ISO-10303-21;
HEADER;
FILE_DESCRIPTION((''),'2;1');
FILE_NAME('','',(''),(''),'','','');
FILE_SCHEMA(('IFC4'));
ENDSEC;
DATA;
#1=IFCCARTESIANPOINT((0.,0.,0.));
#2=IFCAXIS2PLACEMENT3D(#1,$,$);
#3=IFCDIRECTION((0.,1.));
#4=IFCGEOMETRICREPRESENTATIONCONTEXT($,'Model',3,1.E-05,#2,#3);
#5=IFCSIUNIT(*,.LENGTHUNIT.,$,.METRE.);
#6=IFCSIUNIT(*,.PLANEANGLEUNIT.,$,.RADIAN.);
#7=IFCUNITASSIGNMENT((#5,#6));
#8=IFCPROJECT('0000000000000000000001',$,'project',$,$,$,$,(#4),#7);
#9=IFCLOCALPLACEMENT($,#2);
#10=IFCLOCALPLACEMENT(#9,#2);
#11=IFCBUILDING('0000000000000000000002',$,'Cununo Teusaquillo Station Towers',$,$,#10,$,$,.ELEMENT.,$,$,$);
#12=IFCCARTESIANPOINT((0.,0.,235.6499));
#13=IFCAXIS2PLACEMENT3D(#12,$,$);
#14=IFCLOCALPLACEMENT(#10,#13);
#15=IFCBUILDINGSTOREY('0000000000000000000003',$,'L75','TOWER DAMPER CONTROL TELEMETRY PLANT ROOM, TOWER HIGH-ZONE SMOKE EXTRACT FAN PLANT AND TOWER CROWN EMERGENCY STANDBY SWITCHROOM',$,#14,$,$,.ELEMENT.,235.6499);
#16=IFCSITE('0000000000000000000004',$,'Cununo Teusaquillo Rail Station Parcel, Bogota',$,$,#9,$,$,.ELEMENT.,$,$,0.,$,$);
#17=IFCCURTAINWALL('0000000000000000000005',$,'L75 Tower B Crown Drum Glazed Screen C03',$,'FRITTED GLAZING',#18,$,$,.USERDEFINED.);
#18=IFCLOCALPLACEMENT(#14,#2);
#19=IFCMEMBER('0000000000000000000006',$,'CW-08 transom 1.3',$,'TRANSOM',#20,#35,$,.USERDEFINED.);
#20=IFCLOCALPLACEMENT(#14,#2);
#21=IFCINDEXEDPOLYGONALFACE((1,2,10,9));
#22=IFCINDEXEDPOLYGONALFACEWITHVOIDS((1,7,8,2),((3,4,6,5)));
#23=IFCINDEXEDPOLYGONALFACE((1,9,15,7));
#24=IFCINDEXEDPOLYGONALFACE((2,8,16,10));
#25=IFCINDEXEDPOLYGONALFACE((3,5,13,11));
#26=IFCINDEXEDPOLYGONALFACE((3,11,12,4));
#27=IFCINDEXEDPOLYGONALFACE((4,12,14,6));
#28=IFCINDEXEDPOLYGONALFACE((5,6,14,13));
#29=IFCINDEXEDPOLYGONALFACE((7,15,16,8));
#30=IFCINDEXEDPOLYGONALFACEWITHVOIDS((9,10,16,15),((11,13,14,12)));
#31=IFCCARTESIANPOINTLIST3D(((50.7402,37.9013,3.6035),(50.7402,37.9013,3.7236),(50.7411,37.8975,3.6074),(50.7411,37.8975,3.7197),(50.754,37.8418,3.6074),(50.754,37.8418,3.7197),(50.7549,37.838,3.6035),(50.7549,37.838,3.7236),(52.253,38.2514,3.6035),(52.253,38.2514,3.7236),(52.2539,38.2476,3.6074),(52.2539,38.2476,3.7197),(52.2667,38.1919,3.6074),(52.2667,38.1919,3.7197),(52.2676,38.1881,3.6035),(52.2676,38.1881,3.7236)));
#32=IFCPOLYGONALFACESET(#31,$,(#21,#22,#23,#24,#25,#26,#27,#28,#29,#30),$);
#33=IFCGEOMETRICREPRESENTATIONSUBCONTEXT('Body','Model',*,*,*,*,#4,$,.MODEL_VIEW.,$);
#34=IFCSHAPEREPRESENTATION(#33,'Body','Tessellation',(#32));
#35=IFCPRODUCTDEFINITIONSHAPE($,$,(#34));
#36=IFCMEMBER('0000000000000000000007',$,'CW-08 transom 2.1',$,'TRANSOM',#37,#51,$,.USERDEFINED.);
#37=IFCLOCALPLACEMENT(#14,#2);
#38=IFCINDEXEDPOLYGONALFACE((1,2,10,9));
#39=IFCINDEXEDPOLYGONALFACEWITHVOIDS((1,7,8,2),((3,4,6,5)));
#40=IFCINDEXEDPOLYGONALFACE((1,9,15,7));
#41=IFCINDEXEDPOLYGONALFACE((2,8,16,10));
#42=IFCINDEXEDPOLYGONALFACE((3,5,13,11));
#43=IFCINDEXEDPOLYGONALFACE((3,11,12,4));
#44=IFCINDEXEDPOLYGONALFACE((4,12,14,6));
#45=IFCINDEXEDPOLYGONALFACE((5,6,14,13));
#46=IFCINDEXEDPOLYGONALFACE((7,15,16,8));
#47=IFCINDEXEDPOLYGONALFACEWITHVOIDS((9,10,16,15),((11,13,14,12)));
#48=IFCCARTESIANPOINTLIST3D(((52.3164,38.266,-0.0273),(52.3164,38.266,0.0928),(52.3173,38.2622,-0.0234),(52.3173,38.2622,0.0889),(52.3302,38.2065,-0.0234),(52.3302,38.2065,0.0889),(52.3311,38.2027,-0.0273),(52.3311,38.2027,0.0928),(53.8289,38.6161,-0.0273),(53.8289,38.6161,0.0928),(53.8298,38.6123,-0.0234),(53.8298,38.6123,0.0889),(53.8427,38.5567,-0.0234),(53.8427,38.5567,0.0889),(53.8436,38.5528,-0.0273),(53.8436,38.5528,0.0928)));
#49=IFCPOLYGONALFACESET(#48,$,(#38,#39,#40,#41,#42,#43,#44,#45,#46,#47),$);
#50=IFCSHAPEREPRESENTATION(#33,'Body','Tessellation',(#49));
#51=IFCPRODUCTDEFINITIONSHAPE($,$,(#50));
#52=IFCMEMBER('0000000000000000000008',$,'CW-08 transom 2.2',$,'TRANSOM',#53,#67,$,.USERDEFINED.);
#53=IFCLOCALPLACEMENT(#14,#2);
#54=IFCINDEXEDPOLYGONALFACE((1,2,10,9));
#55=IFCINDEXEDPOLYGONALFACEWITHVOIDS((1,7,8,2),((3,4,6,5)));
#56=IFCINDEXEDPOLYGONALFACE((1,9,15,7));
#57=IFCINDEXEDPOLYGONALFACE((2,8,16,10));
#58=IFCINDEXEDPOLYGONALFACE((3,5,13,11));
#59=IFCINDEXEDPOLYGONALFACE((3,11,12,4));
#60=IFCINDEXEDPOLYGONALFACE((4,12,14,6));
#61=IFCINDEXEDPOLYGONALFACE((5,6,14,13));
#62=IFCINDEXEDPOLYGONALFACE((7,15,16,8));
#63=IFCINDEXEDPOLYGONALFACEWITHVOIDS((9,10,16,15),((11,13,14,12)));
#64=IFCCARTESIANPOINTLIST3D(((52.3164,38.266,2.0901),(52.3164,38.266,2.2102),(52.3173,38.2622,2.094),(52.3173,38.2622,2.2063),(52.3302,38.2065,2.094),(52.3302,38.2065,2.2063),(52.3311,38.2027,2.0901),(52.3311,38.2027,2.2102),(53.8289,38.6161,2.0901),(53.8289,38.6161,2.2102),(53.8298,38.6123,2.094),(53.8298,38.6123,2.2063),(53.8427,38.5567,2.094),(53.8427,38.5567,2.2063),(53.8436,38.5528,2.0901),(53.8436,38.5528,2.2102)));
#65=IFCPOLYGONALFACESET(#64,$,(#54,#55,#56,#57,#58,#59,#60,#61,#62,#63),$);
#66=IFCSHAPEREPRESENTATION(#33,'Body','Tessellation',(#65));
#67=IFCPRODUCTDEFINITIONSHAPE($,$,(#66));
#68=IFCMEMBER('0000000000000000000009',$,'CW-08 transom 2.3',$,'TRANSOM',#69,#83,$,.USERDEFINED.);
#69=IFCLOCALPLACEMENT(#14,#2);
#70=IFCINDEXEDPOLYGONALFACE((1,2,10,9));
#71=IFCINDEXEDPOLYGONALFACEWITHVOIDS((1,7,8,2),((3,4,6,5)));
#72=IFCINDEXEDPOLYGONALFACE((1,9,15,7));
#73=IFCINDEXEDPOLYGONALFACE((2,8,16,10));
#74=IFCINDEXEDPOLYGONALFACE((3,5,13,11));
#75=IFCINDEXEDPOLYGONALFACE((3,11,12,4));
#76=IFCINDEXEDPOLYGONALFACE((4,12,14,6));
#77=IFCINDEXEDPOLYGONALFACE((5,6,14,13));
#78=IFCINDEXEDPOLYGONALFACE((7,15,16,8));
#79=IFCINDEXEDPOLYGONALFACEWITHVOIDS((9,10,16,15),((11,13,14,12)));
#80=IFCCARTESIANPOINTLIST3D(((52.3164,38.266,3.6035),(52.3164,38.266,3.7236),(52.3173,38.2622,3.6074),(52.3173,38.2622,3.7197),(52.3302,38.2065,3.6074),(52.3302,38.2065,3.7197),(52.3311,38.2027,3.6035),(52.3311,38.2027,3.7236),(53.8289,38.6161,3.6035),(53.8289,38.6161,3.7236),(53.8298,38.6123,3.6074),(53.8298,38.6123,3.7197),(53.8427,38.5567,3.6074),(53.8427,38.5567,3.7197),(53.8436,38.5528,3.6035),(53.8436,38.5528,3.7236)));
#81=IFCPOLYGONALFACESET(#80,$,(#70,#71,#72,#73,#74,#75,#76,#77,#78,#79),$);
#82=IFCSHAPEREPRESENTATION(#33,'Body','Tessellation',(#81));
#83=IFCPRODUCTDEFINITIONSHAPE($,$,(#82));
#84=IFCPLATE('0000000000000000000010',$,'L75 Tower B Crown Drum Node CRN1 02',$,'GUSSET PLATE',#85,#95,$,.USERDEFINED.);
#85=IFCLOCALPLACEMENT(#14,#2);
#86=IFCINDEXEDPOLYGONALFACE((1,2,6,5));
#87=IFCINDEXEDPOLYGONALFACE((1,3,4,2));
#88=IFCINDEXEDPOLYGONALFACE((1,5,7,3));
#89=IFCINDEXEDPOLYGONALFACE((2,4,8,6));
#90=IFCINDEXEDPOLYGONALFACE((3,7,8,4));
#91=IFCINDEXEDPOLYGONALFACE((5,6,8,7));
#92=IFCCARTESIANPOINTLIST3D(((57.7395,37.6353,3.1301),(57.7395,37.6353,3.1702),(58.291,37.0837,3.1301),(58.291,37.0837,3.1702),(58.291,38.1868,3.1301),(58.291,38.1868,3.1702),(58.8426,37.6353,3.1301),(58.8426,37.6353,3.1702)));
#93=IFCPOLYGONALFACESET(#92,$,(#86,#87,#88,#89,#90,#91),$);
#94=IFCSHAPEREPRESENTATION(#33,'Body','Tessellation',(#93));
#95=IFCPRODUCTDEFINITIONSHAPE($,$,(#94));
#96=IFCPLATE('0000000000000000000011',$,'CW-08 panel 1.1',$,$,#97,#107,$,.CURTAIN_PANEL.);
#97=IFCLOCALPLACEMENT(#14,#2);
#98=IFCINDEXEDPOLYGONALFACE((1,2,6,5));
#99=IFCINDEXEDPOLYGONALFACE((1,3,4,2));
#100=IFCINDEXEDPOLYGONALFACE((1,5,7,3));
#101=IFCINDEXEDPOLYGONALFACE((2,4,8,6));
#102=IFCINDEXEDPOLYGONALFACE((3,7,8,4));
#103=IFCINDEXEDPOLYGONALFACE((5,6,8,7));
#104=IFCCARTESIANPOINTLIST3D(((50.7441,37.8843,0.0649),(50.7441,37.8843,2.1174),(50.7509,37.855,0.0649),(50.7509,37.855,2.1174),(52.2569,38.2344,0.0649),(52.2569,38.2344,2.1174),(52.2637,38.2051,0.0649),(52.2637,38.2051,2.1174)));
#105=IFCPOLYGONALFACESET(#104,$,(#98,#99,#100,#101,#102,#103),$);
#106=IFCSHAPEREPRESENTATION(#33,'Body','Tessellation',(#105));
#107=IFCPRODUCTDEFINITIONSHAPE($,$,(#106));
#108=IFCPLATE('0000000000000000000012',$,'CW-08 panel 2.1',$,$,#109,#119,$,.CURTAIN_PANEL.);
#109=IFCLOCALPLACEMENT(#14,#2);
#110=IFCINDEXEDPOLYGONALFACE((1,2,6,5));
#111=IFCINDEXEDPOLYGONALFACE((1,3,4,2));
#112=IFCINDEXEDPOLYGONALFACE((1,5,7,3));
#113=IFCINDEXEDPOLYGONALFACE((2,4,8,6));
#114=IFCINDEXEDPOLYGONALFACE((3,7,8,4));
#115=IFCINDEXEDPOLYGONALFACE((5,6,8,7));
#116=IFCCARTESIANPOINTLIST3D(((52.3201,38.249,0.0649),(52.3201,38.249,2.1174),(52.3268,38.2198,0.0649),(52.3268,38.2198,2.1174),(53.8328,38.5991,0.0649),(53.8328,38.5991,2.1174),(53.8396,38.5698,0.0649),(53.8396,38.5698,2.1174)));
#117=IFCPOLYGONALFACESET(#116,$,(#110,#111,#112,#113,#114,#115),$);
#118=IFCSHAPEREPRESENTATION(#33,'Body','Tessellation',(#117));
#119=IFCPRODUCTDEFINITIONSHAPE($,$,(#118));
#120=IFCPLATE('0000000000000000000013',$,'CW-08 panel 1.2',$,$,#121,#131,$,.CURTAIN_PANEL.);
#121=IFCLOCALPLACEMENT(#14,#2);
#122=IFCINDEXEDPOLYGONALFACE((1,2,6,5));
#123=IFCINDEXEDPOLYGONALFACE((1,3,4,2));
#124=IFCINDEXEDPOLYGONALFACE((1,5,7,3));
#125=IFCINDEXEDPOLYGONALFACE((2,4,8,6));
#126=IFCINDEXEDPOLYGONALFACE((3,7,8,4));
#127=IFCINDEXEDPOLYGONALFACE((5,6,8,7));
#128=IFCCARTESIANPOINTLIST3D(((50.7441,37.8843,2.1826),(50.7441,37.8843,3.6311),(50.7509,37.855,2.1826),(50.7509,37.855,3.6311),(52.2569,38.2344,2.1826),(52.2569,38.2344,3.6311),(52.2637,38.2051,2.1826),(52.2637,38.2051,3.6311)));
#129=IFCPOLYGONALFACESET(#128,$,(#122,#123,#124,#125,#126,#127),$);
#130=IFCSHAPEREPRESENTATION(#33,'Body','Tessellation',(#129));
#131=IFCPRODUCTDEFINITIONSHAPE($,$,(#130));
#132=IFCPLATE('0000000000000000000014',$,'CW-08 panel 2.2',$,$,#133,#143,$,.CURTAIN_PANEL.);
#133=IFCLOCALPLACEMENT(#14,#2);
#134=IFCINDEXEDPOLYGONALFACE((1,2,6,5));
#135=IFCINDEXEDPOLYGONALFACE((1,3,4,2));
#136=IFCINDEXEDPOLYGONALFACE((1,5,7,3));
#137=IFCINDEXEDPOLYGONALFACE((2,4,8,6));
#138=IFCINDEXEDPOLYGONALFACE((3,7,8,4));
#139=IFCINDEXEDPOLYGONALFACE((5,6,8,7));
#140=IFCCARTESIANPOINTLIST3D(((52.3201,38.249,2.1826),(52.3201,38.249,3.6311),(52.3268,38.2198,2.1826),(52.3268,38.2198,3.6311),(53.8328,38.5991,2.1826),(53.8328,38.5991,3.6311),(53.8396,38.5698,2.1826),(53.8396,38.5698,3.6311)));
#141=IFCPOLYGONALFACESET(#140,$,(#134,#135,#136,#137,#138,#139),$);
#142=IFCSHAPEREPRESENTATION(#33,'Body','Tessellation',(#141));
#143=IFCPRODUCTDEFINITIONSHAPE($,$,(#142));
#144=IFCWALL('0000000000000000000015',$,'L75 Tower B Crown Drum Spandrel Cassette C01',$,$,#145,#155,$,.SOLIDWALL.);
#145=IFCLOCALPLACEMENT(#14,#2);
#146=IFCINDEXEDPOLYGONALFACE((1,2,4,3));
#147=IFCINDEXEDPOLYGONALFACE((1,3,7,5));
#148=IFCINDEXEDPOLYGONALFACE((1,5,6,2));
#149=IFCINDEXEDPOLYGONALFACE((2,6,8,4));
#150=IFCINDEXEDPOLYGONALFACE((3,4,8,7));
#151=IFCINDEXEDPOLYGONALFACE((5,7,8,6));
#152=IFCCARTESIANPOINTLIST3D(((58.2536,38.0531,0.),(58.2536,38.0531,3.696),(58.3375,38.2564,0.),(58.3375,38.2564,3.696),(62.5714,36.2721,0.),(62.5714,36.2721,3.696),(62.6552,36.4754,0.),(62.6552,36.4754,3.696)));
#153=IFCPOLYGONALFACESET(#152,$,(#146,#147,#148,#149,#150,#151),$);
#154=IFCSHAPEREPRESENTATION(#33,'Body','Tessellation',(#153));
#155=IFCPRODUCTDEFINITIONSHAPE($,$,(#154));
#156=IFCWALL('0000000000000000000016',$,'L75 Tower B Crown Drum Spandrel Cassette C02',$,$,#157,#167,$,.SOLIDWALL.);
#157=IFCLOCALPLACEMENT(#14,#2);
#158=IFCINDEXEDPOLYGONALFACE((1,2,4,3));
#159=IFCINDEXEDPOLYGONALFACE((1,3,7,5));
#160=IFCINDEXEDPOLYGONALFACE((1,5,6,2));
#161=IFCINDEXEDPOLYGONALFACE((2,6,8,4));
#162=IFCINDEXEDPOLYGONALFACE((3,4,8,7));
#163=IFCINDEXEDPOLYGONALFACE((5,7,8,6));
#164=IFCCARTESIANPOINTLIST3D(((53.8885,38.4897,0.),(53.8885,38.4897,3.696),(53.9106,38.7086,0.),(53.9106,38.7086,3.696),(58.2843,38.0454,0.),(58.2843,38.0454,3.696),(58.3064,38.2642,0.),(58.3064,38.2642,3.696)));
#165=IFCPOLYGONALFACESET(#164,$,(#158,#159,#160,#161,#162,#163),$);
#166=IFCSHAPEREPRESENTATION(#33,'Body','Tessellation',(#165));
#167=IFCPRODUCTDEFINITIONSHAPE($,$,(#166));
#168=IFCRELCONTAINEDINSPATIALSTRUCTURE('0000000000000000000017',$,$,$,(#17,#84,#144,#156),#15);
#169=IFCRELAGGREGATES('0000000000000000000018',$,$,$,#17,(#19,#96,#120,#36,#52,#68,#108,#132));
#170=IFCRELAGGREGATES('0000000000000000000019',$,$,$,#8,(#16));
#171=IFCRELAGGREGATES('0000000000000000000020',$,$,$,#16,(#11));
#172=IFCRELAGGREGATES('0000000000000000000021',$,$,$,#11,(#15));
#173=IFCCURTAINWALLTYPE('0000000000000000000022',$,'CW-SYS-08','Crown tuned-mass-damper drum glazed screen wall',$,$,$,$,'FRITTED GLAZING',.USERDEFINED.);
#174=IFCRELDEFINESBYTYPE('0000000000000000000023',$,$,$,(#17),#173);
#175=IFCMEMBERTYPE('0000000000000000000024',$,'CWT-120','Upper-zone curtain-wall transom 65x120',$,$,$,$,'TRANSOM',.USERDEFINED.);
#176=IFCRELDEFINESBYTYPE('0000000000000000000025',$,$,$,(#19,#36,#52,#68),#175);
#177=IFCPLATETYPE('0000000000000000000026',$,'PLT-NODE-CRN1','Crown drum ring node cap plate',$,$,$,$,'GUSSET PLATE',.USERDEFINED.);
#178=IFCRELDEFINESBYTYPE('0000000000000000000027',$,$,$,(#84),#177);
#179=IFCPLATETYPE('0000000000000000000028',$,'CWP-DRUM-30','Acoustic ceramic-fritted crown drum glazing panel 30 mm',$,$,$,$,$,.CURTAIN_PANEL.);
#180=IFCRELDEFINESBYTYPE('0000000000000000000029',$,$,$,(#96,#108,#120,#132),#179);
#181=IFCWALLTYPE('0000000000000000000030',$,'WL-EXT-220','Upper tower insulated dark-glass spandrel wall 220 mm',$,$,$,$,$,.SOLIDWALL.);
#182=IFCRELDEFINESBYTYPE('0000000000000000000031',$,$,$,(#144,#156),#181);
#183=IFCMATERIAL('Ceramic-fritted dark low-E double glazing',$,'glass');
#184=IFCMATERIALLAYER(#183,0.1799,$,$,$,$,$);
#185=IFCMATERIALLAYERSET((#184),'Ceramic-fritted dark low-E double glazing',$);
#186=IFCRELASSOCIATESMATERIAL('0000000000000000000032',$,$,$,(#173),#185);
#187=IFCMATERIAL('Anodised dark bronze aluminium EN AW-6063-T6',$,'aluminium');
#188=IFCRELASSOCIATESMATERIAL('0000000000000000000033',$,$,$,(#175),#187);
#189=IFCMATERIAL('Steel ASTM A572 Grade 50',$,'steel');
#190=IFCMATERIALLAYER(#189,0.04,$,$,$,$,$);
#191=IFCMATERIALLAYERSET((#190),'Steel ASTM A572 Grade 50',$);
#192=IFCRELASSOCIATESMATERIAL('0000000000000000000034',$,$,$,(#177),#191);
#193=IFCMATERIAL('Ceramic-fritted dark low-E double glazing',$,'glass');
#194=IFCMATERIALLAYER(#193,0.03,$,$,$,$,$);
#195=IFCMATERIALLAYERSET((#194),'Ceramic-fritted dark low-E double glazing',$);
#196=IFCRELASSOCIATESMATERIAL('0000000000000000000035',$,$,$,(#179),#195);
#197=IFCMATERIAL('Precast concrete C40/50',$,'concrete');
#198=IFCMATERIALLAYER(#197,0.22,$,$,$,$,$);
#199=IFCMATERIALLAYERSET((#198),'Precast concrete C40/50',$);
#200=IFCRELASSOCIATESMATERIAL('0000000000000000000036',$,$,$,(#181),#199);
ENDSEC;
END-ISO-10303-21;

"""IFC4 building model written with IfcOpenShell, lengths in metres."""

from ifc_helpers import new_model, si_unit, direction, frame, frame_2d, origin, origin_2d, place, context, subcontext, project, spatial, rectangle, hollow_rectangle, extrude, source, transform, mapped, material, layer, layer_set, material_profile, profile_set, type_object, element, aggregate, save


model = new_model("IFC4")

# Units and contexts
model_context = context("Model", 3, precision=1e-05, world=origin(), true_north=direction((0.0, 1.0)))
body_context = subcontext(model_context, "Body", "Model", "MODEL_VIEW")
ifc_project = project(units=[si_unit("LENGTHUNIT", "METRE"), si_unit("PLANEANGLEUNIT", "RADIAN")], contexts=[model_context])

# Site, building, storey
site_placement = place(None, origin())
site = spatial("IfcSite", under=ifc_project, at=site_placement, Name="Cununo Teusaquillo Rail Station Parcel, Bogota", CompositionType="ELEMENT", RefElevation=0.0)
building_placement = place(site_placement, origin())
building = spatial("IfcBuilding", under=site, at=building_placement, Name="Cununo Teusaquillo Station Towers", CompositionType="ELEMENT")
storey_placement = place(building_placement, frame((0.0, 0.0, 235.6499)))
storey = spatial("IfcBuildingStorey", under=building, at=storey_placement, Name="L75", Description="TOWER DAMPER CONTROL TELEMETRY PLANT ROOM, TOWER HIGH-ZONE SMOKE EXTRACT FAN PLANT AND TOWER CROWN EMERGENCY STANDBY SWITCHROOM", CompositionType="ELEMENT", Elevation=235.6499)

# Curtain wall, members
ifc_material_1 = material(Name="Ceramic-fritted dark low-E double glazing", Category="glass")
ifc_layer_1 = layer(ifc_material_1, 0.1799)
ifc_layer_set_1 = layer_set([ifc_layer_1], Name="Ceramic-fritted dark low-E double glazing")
curtain_wall_type = type_object("IfcCurtainWallType", Name="CW-SYS-08", Description="Crown tuned-mass-damper drum glazed screen wall", ElementType="FRITTED GLAZING", PredefinedType="USERDEFINED", material=ifc_layer_set_1)
curtain_wall_placement = place(storey_placement, origin())
curtain_wall = element("IfcCurtainWall", 1, at=curtain_wall_placement, inside=storey, type_object=curtain_wall_type, Name="L75 Tower B Crown Drum Glazed Screen C03", ObjectType="FRITTED GLAZING", PredefinedType="USERDEFINED")
ifc_material_2 = material(Name="Anodised dark bronze aluminium EN AW-6063-T6", Category="aluminium")
ifc_material_profile_1 = material_profile(ifc_material_2, hollow_rectangle(XDim=0.0649, YDim=0.1201, WallThickness=0.0039, at=origin_2d()), Name="CW-TRAN-65x120")
ifc_profile_set_1 = profile_set([ifc_material_profile_1], Name="Anodised dark bronze aluminium EN AW-6063-T6")
member_type_1 = type_object("IfcMemberType", Name="CWT-120", Description="Upper-zone curtain-wall transom 65x120", ElementType="TRANSOM", PredefinedType="USERDEFINED", material=ifc_profile_set_1)
member_1_placement = place(storey_placement, frame((50.7476, 37.8696, 3.6636), z_axis=(0.974248, 0.22548, 0.0), x_axis=(-0.22548, 0.974248, 0.0)))
member_1 = element("IfcMember", 2, at=member_1_placement, type_object=member_type_1, Name="CW-08 transom 1.3", ObjectType="TRANSOM", PredefinedType="USERDEFINED", context=body_context, shape_type="SweptSolid", body=[
    extrude(hollow_rectangle(XDim=0.0649, YDim=0.1201, WallThickness=0.0039, at=origin_2d()), origin(), (0.0, 0.0, 1.0), 1.5527),
])
member_2_placement = place(storey_placement, frame((52.3237, 38.2344, 0.0327), z_axis=(0.97424, 0.225514, 0.0), x_axis=(-0.225514, 0.97424, 0.0)))
member_2 = element("IfcMember", 3, at=member_2_placement, type_object=member_type_1, Name="CW-08 transom 2.1", ObjectType="TRANSOM", PredefinedType="USERDEFINED", context=body_context, shape_type="SweptSolid", body=[
    extrude(hollow_rectangle(XDim=0.0649, YDim=0.1201, WallThickness=0.0039, at=origin_2d()), origin(), (0.0, 0.0, 1.0), 1.5525),
])
member_3_placement = place(storey_placement, frame((52.3237, 38.2344, 2.1501), z_axis=(0.97424, 0.225514, 0.0), x_axis=(-0.225514, 0.97424, 0.0)))
member_3 = element("IfcMember", 4, at=member_3_placement, type_object=member_type_1, Name="CW-08 transom 2.2", ObjectType="TRANSOM", PredefinedType="USERDEFINED", context=body_context, shape_type="SweptSolid", body=[
    extrude(hollow_rectangle(XDim=0.0649, YDim=0.1201, WallThickness=0.0039, at=origin_2d()), origin(), (0.0, 0.0, 1.0), 1.5525),
])
member_4_placement = place(storey_placement, frame((52.3237, 38.2344, 3.6636), z_axis=(0.97424, 0.225514, 0.0), x_axis=(-0.225514, 0.97424, 0.0)))
member_4 = element("IfcMember", 5, at=member_4_placement, type_object=member_type_1, Name="CW-08 transom 2.3", ObjectType="TRANSOM", PredefinedType="USERDEFINED", context=body_context, shape_type="SweptSolid", body=[
    extrude(hollow_rectangle(XDim=0.0649, YDim=0.1201, WallThickness=0.0039, at=origin_2d()), origin(), (0.0, 0.0, 1.0), 1.5525),
])

# Plates
ifc_material_3 = material(Name="Steel ASTM A572 Grade 50", Category="steel")
ifc_layer_2 = layer(ifc_material_3, 0.04)
ifc_layer_set_2 = layer_set([ifc_layer_2], Name="Steel ASTM A572 Grade 50")
plate_type_1 = type_object("IfcPlateType", Name="PLT-NODE-CRN1", Description="Crown drum ring node cap plate", ElementType="GUSSET PLATE", PredefinedType="USERDEFINED", material=ifc_layer_set_2)
shared_shape_1 = source(origin(), body_context, "Body", "SweptSolid", [
    extrude(rectangle(XDim=0.78, YDim=0.78, at=origin_2d()), origin(), (0.0, 0.0, 1.0), 0.04),
])
plate_1_placement = place(storey_placement, frame((58.291, 37.6353, 3.1301), z_axis=(0.0, 0.0, 1.0), x_axis=(0.707107, 0.707107, 0.0)))
element("IfcPlate", 6, at=plate_1_placement, inside=storey, type_object=plate_type_1, Name="L75 Tower B Crown Drum Node CRN1 02", ObjectType="GUSSET PLATE", PredefinedType="USERDEFINED", context=body_context, shape_type="MappedRepresentation", body=[
    mapped(shared_shape_1, transform((0.0, 0.0, 0.0), x_axis=(1.0, 0.0, 0.0), y_axis=(0.0, 1.0, 0.0), z_axis=(0.0, 0.0, 1.0), scale=1.0)),
])
ifc_material_4 = material(Name="Ceramic-fritted dark low-E double glazing", Category="glass")
ifc_layer_3 = layer(ifc_material_4, 0.03)
ifc_layer_set_3 = layer_set([ifc_layer_3], Name="Ceramic-fritted dark low-E double glazing")
plate_type_2 = type_object("IfcPlateType", Name="CWP-DRUM-30", Description="Acoustic ceramic-fritted crown drum glazing panel 30 mm", PredefinedType="CURTAIN_PANEL", material=ifc_layer_set_3)
shared_shape_2 = source(origin(), body_context, "Body", "SweptSolid", [
    extrude(rectangle(XDim=1.5527, YDim=0.03, at=origin_2d()), origin(), (0.0, 0.0, 1.0), 2.0525),
])
plate_2_placement = place(storey_placement, frame((51.5039, 38.0447, 0.0649), z_axis=(0.0, 0.0, 1.0), x_axis=(0.974251, 0.225466, 0.0)))
plate_2 = element("IfcPlate", 7, at=plate_2_placement, type_object=plate_type_2, Name="CW-08 panel 1.1", PredefinedType="CURTAIN_PANEL", context=body_context, shape_type="MappedRepresentation", body=[
    mapped(shared_shape_2, transform((0.0, 0.0, 0.0), x_axis=(1.0, 0.0, 0.0), y_axis=(0.0, 1.0, 0.0), z_axis=(0.0, 0.0, 1.0), scale=1.0)),
])
plate_3_placement = place(storey_placement, frame((53.0798, 38.4094, 0.0649), z_axis=(0.0, 0.0, 1.0), x_axis=(0.974251, 0.225466, 0.0)))
plate_3 = element("IfcPlate", 8, at=plate_3_placement, type_object=plate_type_2, Name="CW-08 panel 2.1", PredefinedType="CURTAIN_PANEL", context=body_context, shape_type="MappedRepresentation", body=[
    mapped(shared_shape_2, transform((0.0, 0.0, 0.0), x_axis=(1.0, 0.0, 0.0), y_axis=(0.0, 1.0, 0.0), z_axis=(0.0, 0.0, 1.0), scale=1.0)),
])
shared_shape_3 = source(origin(), body_context, "Body", "SweptSolid", [
    extrude(rectangle(XDim=1.5527, YDim=0.03, at=origin_2d()), origin(), (0.0, 0.0, 1.0), 1.4485),
])
plate_4_placement = place(storey_placement, frame((51.5039, 38.0447, 2.1826), z_axis=(0.0, 0.0, 1.0), x_axis=(0.974251, 0.225466, 0.0)))
plate_4 = element("IfcPlate", 9, at=plate_4_placement, type_object=plate_type_2, Name="CW-08 panel 1.2", PredefinedType="CURTAIN_PANEL", context=body_context, shape_type="MappedRepresentation", body=[
    mapped(shared_shape_3, transform((0.0, 0.0, 0.0), x_axis=(1.0, 0.0, 0.0), y_axis=(0.0, 1.0, 0.0), z_axis=(0.0, 0.0, 1.0), scale=1.0)),
])
plate_5_placement = place(storey_placement, frame((53.0798, 38.4094, 2.1826), z_axis=(0.0, 0.0, 1.0), x_axis=(0.974251, 0.225466, 0.0)))
plate_5 = element("IfcPlate", 10, at=plate_5_placement, type_object=plate_type_2, Name="CW-08 panel 2.2", PredefinedType="CURTAIN_PANEL", context=body_context, shape_type="MappedRepresentation", body=[
    mapped(shared_shape_3, transform((0.0, 0.0, 0.0), x_axis=(1.0, 0.0, 0.0), y_axis=(0.0, 1.0, 0.0), z_axis=(0.0, 0.0, 1.0), scale=1.0)),
])
aggregate(curtain_wall, [member_1, plate_2, plate_4, member_2, member_3, member_4, plate_3, plate_5])

# Walls
ifc_material_5 = material(Name="Precast concrete C40/50", Category="concrete")
ifc_layer_4 = layer(ifc_material_5, 0.22)
ifc_layer_set_4 = layer_set([ifc_layer_4], Name="Precast concrete C40/50")
wall_type = type_object("IfcWallType", Name="WL-EXT-220", Description="Upper tower insulated dark-glass spandrel wall 220 mm", PredefinedType="SOLIDWALL", material=ifc_layer_set_4)
wall_1_placement = place(storey_placement, frame((58.2954, 38.1548, 0.0), z_axis=(0.0, 0.0, 1.0), x_axis=(0.924447, -0.38131, 0.0)))
element("IfcWall", 11, at=wall_1_placement, inside=storey, type_object=wall_type, Name="L75 Tower B Crown Drum Spandrel Cassette C01", PredefinedType="SOLIDWALL", context=body_context, shape_type="SweptSolid", body=[
    extrude(rectangle(XDim=4.6707, YDim=0.22, at=frame_2d((2.3354, 0.0))), origin(), (0.0, 0.0, 1.0), 3.696),
])
wall_2_placement = place(storey_placement, frame((53.8997, 38.5991, 0.0), z_axis=(0.0, 0.0, 1.0), x_axis=(0.99493, -0.100571, 0.0)))
element("IfcWall", 12, at=wall_2_placement, inside=storey, type_object=wall_type, Name="L75 Tower B Crown Drum Spandrel Cassette C02", PredefinedType="SOLIDWALL", context=body_context, shape_type="SweptSolid", body=[
    extrude(rectangle(XDim=4.4182, YDim=0.22, at=frame_2d((2.209, 0.0))), origin(), (0.0, 0.0, 1.0), 3.696),
])

save(model, "model.ifc")
